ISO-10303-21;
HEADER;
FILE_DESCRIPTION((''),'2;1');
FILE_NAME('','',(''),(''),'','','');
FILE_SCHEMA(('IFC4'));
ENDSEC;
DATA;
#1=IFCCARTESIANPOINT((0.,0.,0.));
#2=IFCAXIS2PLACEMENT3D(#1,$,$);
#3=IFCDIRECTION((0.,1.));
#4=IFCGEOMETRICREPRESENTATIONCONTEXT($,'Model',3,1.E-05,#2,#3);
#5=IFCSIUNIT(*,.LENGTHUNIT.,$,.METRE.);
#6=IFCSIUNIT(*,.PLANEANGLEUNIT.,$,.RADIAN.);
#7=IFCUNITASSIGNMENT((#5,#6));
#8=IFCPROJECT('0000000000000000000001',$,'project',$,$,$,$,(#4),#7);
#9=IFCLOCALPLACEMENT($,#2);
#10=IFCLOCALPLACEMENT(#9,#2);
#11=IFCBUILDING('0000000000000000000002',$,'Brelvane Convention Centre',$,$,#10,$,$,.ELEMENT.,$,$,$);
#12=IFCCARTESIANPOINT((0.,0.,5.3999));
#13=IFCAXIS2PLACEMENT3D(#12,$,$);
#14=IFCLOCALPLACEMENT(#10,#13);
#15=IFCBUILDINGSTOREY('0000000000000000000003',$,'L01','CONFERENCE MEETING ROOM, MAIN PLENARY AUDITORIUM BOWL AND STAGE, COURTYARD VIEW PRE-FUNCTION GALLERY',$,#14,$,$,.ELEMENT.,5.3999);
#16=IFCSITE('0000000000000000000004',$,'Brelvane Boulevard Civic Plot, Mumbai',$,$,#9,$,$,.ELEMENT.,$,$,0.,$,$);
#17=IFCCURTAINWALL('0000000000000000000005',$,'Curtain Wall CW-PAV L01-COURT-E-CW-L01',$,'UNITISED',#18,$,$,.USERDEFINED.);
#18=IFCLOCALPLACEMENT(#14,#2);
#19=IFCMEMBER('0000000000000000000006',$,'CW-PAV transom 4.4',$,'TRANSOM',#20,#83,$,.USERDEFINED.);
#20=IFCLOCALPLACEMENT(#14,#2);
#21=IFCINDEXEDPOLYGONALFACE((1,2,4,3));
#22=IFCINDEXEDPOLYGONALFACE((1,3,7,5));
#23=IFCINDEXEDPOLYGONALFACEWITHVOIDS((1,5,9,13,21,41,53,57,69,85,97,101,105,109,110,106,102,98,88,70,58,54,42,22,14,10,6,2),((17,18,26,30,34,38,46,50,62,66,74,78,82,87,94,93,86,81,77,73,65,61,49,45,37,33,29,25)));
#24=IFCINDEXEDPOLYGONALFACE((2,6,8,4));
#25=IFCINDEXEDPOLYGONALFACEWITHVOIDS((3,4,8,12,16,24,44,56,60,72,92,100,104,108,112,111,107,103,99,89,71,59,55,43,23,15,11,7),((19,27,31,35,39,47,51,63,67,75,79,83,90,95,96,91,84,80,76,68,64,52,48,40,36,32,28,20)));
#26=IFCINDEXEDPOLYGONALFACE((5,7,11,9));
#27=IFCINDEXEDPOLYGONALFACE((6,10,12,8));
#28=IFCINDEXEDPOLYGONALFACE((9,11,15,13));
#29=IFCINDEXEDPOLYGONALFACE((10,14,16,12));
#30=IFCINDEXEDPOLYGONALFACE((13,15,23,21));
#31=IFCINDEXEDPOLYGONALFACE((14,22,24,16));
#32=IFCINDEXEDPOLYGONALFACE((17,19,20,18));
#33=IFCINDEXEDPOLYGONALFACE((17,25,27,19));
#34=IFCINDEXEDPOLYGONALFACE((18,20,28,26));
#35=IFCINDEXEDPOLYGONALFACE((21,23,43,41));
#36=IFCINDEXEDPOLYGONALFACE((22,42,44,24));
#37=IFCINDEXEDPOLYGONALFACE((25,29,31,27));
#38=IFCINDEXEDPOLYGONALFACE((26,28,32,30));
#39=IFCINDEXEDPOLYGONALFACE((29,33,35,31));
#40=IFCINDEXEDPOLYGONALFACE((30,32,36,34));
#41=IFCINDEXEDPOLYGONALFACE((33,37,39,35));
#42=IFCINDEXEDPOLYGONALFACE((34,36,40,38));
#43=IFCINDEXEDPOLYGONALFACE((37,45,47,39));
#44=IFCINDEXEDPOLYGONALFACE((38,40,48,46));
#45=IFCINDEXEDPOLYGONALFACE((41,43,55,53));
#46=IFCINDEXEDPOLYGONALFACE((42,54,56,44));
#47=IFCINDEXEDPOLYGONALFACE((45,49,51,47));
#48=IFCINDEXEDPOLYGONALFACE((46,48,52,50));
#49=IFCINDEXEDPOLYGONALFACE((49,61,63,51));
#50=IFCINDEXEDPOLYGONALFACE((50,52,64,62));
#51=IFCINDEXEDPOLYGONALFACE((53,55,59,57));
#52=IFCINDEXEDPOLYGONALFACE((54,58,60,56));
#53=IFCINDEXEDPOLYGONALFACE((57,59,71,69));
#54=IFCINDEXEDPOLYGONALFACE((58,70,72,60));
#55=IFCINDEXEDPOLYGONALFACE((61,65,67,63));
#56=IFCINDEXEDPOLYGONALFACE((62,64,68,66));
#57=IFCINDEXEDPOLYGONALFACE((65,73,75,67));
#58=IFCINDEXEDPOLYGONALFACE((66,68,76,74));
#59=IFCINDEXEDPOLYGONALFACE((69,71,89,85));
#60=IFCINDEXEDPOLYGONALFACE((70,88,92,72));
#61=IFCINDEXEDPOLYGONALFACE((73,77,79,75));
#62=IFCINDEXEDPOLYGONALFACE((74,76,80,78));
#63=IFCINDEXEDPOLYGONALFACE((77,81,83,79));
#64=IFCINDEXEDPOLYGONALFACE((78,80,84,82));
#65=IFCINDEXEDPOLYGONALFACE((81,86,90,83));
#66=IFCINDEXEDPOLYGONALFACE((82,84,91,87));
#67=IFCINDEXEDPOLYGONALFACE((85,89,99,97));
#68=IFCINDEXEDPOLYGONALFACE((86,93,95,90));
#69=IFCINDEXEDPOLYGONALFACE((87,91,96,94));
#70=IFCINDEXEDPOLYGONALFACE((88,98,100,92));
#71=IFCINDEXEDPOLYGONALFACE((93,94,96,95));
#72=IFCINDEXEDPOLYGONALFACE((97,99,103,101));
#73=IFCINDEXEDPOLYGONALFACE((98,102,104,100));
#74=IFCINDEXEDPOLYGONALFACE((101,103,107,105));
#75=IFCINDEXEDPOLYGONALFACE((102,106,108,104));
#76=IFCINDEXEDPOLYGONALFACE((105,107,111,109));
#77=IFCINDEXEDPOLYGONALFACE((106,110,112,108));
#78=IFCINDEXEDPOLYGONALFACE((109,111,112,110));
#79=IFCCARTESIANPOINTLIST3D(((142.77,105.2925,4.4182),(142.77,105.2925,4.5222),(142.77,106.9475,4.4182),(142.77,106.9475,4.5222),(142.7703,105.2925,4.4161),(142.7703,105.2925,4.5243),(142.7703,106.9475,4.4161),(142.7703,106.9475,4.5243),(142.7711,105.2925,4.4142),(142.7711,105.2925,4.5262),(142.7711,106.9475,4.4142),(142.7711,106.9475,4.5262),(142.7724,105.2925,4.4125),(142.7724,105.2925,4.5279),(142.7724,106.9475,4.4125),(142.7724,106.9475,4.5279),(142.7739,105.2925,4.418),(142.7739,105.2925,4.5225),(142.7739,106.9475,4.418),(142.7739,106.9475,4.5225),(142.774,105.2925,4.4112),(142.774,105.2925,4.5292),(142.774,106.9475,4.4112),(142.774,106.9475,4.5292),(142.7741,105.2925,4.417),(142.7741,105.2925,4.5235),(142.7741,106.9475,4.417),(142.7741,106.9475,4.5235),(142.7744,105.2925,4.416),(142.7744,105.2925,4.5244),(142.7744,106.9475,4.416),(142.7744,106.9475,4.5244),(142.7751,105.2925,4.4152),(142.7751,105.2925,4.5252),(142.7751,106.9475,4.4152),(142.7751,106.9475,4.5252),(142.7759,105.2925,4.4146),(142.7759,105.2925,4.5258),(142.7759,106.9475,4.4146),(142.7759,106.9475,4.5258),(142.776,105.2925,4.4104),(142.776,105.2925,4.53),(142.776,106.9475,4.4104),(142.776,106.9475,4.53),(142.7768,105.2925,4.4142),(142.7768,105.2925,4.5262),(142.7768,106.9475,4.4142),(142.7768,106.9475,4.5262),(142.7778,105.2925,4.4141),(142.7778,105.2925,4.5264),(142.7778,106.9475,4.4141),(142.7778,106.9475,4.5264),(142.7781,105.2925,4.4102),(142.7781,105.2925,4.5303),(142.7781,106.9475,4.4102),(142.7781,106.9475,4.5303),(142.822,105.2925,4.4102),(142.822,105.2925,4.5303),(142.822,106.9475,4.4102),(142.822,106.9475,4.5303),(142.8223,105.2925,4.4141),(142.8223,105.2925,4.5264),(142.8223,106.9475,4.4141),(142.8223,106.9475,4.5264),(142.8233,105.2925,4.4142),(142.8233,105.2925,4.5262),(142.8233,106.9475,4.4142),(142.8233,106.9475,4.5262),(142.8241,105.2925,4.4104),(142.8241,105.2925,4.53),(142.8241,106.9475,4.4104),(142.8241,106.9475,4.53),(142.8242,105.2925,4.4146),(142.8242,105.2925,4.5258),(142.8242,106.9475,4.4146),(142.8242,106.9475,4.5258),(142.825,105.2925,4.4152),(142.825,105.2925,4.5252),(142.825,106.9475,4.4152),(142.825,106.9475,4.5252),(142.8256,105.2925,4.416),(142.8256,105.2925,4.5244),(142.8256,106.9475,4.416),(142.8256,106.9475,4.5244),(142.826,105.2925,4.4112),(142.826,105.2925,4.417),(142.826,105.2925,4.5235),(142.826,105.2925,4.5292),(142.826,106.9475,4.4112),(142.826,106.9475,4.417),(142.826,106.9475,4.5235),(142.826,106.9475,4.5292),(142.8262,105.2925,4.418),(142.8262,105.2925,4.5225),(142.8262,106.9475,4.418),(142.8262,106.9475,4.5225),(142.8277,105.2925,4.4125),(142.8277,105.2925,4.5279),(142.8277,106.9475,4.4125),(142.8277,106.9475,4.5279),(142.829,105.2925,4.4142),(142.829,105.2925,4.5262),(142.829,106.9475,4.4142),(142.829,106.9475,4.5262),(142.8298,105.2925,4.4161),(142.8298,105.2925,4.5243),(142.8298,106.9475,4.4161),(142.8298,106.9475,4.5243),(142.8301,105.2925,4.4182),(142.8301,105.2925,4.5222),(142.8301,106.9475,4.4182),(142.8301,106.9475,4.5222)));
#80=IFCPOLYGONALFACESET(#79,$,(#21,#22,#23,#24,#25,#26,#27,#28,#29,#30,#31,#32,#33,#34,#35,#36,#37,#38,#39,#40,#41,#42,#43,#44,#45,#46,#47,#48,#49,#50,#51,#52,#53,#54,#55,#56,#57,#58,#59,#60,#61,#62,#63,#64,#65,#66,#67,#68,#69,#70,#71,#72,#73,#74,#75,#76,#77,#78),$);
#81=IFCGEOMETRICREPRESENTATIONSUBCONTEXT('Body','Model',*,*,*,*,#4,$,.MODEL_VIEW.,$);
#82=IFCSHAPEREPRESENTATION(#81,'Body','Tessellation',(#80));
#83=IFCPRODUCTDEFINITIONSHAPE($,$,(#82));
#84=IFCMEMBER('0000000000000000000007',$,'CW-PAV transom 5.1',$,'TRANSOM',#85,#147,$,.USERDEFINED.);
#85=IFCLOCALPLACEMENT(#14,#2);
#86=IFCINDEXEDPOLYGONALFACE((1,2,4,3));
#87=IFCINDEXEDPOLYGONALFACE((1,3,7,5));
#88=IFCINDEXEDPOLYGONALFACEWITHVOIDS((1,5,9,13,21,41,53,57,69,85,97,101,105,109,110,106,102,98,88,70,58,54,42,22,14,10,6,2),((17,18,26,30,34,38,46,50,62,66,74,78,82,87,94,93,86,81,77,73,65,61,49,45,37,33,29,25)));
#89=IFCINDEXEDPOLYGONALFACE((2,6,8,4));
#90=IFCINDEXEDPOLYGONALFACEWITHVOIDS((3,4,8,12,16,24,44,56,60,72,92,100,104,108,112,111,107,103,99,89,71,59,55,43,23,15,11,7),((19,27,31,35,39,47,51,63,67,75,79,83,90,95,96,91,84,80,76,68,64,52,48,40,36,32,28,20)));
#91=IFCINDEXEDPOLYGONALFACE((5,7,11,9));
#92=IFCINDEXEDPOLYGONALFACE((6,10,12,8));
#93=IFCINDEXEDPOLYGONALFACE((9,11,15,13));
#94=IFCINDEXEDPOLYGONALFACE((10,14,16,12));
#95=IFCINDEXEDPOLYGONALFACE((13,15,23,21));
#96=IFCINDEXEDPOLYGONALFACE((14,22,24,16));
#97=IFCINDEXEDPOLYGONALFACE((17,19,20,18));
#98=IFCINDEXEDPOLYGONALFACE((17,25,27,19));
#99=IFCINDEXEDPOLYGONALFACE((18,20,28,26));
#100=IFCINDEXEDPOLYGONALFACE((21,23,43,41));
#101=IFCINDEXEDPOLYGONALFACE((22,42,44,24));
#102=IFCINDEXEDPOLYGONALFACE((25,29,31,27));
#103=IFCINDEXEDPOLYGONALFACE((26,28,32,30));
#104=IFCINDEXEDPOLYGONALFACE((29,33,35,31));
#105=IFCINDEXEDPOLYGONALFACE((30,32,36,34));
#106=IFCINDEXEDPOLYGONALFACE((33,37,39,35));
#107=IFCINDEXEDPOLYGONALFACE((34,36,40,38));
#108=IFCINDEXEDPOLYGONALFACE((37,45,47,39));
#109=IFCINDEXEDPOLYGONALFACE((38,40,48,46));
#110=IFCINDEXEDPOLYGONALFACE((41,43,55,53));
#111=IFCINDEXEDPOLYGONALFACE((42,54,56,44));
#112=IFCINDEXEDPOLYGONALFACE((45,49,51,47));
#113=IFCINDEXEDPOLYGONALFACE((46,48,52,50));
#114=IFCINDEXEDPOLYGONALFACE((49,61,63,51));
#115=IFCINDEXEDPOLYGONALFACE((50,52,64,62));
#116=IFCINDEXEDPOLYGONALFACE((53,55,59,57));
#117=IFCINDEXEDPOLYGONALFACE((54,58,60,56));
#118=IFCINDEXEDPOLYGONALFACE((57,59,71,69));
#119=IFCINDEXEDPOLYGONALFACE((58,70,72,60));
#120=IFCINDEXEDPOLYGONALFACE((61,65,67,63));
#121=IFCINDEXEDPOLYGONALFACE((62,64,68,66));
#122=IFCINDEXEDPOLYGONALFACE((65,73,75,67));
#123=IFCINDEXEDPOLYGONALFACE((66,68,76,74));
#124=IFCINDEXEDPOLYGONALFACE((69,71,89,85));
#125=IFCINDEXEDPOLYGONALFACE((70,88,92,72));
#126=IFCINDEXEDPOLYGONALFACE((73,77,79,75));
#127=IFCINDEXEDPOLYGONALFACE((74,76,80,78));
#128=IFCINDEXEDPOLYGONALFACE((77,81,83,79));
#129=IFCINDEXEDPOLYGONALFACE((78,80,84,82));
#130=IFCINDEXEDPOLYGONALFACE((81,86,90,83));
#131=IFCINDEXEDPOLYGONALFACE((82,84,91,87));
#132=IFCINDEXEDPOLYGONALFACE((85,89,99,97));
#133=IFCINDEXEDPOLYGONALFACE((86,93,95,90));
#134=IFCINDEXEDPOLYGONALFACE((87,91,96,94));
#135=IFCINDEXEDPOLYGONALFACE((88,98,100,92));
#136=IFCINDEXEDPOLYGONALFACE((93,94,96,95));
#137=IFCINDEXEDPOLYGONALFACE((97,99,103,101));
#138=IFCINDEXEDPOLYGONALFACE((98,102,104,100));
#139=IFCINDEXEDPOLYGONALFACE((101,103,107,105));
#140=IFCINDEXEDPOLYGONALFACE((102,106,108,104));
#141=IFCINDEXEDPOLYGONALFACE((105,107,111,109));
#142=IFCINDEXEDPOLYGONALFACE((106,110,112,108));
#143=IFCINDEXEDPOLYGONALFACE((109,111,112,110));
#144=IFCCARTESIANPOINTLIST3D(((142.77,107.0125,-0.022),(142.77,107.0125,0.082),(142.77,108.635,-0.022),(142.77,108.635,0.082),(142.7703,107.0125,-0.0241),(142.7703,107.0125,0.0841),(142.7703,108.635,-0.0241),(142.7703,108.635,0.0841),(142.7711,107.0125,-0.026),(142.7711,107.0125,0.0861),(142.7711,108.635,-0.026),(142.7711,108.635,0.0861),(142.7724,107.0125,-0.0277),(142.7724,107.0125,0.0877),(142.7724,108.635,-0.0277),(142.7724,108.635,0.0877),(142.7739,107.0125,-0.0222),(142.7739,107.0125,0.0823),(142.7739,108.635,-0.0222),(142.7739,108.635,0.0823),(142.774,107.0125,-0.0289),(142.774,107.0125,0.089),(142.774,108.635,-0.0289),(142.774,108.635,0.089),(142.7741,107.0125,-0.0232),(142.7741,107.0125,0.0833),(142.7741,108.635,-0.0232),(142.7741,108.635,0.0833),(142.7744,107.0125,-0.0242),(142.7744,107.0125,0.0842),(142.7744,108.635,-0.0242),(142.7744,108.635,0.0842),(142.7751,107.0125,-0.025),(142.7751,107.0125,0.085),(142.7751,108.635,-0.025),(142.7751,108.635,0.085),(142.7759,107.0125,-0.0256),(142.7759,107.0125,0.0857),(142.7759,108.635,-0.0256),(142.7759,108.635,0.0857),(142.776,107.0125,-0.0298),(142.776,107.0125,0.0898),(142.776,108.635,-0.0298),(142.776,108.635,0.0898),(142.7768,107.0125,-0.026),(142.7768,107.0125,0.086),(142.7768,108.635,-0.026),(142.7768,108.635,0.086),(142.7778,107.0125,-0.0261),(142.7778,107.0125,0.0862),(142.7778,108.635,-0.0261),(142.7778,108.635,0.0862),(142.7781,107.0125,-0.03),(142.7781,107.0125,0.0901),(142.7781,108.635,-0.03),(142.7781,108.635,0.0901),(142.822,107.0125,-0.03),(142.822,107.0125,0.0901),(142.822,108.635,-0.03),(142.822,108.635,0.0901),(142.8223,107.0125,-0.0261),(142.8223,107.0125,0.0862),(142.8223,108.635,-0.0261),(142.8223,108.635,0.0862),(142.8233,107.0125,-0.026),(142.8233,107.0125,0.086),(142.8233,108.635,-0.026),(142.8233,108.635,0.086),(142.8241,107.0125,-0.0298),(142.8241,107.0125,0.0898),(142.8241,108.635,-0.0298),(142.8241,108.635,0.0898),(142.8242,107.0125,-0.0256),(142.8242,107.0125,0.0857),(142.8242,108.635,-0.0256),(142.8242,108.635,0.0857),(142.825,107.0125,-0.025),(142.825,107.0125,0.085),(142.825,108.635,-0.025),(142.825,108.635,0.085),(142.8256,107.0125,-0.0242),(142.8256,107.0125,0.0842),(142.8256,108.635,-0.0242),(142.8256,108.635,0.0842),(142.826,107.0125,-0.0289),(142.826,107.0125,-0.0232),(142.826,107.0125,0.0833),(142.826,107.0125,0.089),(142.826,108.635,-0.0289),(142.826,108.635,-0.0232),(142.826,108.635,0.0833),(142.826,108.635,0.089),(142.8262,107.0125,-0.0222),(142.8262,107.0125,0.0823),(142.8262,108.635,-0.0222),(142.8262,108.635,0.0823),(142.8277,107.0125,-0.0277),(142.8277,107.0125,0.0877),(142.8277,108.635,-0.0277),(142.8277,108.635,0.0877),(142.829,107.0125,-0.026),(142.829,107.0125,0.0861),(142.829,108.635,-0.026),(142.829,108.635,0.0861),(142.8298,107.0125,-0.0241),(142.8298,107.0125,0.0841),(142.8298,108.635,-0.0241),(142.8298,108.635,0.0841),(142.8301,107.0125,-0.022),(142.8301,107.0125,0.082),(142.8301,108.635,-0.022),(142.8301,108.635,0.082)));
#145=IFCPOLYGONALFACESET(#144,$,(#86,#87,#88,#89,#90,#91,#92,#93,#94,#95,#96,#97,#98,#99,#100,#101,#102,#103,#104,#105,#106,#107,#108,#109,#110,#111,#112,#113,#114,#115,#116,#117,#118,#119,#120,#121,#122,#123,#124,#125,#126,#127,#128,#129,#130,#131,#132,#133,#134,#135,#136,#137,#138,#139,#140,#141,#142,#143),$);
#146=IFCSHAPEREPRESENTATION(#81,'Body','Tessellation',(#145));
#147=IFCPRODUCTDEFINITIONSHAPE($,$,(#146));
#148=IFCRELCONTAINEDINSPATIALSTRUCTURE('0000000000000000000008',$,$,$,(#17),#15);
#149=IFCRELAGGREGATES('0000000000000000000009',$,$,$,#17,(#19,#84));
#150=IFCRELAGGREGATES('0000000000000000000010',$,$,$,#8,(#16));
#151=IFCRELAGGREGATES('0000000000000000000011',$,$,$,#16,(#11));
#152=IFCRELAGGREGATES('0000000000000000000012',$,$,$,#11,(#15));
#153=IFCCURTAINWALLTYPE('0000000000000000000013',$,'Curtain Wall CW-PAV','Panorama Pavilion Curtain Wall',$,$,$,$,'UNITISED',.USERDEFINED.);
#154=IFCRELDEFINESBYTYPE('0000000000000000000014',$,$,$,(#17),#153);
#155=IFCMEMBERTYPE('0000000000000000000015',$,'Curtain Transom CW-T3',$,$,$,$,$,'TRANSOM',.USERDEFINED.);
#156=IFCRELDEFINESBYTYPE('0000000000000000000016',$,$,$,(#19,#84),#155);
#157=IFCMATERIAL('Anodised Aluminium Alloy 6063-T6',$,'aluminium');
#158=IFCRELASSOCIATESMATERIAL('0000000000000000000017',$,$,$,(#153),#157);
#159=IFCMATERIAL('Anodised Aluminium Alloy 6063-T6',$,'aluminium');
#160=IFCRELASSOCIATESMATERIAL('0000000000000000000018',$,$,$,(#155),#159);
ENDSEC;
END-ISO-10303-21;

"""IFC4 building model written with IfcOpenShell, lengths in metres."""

from ifc_helpers import new_model, si_unit, direction, frame, origin, origin_2d, place, context, subcontext, project, spatial, hollow_rectangle, extrude, material, material_profile, profile_set, type_object, element, aggregate, save


model = new_model("IFC4")

# Units and contexts
model_context = context("Model", 3, precision=1e-05, world=origin(), true_north=direction((0.0, 1.0)))
body_context = subcontext(model_context, "Body", "Model", "MODEL_VIEW")
ifc_project = project(units=[si_unit("LENGTHUNIT", "METRE"), si_unit("PLANEANGLEUNIT", "RADIAN")], contexts=[model_context])

# Site, building, storey
site_placement = place(None, origin())
site = spatial("IfcSite", under=ifc_project, at=site_placement, Name="Brelvane Boulevard Civic Plot, Mumbai", CompositionType="ELEMENT", RefElevation=0.0)
building_placement = place(site_placement, origin())
building = spatial("IfcBuilding", under=site, at=building_placement, Name="Brelvane Convention Centre", CompositionType="ELEMENT")
storey_placement = place(building_placement, frame((0.0, 0.0, 5.3999)))
storey = spatial("IfcBuildingStorey", under=building, at=storey_placement, Name="L01", Description="CONFERENCE MEETING ROOM, MAIN PLENARY AUDITORIUM BOWL AND STAGE, COURTYARD VIEW PRE-FUNCTION GALLERY", CompositionType="ELEMENT", Elevation=5.3999)

# Curtain wall, members
ifc_material_1 = material(Name="Anodised Aluminium Alloy 6063-T6", Category="aluminium")
curtain_wall_type = type_object("IfcCurtainWallType", Name="Curtain Wall CW-PAV", Description="Panorama Pavilion Curtain Wall", ElementType="UNITISED", PredefinedType="USERDEFINED", material=ifc_material_1)
curtain_wall_placement = place(storey_placement, origin())
curtain_wall = element("IfcCurtainWall", 1, at=curtain_wall_placement, inside=storey, type_object=curtain_wall_type, Name="Curtain Wall CW-PAV L01-COURT-E-CW-L01", ObjectType="UNITISED", PredefinedType="USERDEFINED")
ifc_material_2 = material(Name="Anodised Aluminium Alloy 6063-T6", Category="aluminium")
ifc_material_profile_1 = material_profile(ifc_material_2, hollow_rectangle(XDim=0.0601, YDim=0.1201, WallThickness=0.0039, InnerFilletRadius=0.0039, OuterFilletRadius=0.0081, at=origin_2d()), Name="ALU-T 120x60x4.0")
ifc_profile_set_1 = profile_set([ifc_material_profile_1], Name="Anodised Aluminium Alloy 6063-T6")
member_type_1 = type_object("IfcMemberType", Name="Curtain Transom CW-T3", ElementType="TRANSOM", PredefinedType="USERDEFINED", material=ifc_profile_set_1)
member_1_placement = place(storey_placement, frame((142.8, 105.2925, 4.4702), z_axis=(0.0, 1.0, 0.0), x_axis=(-1.0, 0.0, 0.0)))
member_1 = element("IfcMember", 2, at=member_1_placement, type_object=member_type_1, Name="CW-PAV transom 4.4", ObjectType="TRANSOM", PredefinedType="USERDEFINED", context=body_context, shape_type="SweptSolid", body=[
    extrude(hollow_rectangle(XDim=0.0601, YDim=0.1201, WallThickness=0.0039, InnerFilletRadius=0.0039, OuterFilletRadius=0.0081, at=origin_2d()), origin(), (0.0, 0.0, 1.0), 1.655),
])
member_2_placement = place(storey_placement, frame((142.8, 107.0125, 0.03), z_axis=(0.0, 1.0, 0.0), x_axis=(-1.0, 0.0, 0.0)))
member_2 = element("IfcMember", 3, at=member_2_placement, type_object=member_type_1, Name="CW-PAV transom 5.1", ObjectType="TRANSOM", PredefinedType="USERDEFINED", context=body_context, shape_type="SweptSolid", body=[
    extrude(hollow_rectangle(XDim=0.0601, YDim=0.1201, WallThickness=0.0039, InnerFilletRadius=0.0039, OuterFilletRadius=0.0081, at=origin_2d()), origin(), (0.0, 0.0, 1.0), 1.6226),
])

aggregate(curtain_wall, [member_1, member_2])

save(model, "model.ifc")
